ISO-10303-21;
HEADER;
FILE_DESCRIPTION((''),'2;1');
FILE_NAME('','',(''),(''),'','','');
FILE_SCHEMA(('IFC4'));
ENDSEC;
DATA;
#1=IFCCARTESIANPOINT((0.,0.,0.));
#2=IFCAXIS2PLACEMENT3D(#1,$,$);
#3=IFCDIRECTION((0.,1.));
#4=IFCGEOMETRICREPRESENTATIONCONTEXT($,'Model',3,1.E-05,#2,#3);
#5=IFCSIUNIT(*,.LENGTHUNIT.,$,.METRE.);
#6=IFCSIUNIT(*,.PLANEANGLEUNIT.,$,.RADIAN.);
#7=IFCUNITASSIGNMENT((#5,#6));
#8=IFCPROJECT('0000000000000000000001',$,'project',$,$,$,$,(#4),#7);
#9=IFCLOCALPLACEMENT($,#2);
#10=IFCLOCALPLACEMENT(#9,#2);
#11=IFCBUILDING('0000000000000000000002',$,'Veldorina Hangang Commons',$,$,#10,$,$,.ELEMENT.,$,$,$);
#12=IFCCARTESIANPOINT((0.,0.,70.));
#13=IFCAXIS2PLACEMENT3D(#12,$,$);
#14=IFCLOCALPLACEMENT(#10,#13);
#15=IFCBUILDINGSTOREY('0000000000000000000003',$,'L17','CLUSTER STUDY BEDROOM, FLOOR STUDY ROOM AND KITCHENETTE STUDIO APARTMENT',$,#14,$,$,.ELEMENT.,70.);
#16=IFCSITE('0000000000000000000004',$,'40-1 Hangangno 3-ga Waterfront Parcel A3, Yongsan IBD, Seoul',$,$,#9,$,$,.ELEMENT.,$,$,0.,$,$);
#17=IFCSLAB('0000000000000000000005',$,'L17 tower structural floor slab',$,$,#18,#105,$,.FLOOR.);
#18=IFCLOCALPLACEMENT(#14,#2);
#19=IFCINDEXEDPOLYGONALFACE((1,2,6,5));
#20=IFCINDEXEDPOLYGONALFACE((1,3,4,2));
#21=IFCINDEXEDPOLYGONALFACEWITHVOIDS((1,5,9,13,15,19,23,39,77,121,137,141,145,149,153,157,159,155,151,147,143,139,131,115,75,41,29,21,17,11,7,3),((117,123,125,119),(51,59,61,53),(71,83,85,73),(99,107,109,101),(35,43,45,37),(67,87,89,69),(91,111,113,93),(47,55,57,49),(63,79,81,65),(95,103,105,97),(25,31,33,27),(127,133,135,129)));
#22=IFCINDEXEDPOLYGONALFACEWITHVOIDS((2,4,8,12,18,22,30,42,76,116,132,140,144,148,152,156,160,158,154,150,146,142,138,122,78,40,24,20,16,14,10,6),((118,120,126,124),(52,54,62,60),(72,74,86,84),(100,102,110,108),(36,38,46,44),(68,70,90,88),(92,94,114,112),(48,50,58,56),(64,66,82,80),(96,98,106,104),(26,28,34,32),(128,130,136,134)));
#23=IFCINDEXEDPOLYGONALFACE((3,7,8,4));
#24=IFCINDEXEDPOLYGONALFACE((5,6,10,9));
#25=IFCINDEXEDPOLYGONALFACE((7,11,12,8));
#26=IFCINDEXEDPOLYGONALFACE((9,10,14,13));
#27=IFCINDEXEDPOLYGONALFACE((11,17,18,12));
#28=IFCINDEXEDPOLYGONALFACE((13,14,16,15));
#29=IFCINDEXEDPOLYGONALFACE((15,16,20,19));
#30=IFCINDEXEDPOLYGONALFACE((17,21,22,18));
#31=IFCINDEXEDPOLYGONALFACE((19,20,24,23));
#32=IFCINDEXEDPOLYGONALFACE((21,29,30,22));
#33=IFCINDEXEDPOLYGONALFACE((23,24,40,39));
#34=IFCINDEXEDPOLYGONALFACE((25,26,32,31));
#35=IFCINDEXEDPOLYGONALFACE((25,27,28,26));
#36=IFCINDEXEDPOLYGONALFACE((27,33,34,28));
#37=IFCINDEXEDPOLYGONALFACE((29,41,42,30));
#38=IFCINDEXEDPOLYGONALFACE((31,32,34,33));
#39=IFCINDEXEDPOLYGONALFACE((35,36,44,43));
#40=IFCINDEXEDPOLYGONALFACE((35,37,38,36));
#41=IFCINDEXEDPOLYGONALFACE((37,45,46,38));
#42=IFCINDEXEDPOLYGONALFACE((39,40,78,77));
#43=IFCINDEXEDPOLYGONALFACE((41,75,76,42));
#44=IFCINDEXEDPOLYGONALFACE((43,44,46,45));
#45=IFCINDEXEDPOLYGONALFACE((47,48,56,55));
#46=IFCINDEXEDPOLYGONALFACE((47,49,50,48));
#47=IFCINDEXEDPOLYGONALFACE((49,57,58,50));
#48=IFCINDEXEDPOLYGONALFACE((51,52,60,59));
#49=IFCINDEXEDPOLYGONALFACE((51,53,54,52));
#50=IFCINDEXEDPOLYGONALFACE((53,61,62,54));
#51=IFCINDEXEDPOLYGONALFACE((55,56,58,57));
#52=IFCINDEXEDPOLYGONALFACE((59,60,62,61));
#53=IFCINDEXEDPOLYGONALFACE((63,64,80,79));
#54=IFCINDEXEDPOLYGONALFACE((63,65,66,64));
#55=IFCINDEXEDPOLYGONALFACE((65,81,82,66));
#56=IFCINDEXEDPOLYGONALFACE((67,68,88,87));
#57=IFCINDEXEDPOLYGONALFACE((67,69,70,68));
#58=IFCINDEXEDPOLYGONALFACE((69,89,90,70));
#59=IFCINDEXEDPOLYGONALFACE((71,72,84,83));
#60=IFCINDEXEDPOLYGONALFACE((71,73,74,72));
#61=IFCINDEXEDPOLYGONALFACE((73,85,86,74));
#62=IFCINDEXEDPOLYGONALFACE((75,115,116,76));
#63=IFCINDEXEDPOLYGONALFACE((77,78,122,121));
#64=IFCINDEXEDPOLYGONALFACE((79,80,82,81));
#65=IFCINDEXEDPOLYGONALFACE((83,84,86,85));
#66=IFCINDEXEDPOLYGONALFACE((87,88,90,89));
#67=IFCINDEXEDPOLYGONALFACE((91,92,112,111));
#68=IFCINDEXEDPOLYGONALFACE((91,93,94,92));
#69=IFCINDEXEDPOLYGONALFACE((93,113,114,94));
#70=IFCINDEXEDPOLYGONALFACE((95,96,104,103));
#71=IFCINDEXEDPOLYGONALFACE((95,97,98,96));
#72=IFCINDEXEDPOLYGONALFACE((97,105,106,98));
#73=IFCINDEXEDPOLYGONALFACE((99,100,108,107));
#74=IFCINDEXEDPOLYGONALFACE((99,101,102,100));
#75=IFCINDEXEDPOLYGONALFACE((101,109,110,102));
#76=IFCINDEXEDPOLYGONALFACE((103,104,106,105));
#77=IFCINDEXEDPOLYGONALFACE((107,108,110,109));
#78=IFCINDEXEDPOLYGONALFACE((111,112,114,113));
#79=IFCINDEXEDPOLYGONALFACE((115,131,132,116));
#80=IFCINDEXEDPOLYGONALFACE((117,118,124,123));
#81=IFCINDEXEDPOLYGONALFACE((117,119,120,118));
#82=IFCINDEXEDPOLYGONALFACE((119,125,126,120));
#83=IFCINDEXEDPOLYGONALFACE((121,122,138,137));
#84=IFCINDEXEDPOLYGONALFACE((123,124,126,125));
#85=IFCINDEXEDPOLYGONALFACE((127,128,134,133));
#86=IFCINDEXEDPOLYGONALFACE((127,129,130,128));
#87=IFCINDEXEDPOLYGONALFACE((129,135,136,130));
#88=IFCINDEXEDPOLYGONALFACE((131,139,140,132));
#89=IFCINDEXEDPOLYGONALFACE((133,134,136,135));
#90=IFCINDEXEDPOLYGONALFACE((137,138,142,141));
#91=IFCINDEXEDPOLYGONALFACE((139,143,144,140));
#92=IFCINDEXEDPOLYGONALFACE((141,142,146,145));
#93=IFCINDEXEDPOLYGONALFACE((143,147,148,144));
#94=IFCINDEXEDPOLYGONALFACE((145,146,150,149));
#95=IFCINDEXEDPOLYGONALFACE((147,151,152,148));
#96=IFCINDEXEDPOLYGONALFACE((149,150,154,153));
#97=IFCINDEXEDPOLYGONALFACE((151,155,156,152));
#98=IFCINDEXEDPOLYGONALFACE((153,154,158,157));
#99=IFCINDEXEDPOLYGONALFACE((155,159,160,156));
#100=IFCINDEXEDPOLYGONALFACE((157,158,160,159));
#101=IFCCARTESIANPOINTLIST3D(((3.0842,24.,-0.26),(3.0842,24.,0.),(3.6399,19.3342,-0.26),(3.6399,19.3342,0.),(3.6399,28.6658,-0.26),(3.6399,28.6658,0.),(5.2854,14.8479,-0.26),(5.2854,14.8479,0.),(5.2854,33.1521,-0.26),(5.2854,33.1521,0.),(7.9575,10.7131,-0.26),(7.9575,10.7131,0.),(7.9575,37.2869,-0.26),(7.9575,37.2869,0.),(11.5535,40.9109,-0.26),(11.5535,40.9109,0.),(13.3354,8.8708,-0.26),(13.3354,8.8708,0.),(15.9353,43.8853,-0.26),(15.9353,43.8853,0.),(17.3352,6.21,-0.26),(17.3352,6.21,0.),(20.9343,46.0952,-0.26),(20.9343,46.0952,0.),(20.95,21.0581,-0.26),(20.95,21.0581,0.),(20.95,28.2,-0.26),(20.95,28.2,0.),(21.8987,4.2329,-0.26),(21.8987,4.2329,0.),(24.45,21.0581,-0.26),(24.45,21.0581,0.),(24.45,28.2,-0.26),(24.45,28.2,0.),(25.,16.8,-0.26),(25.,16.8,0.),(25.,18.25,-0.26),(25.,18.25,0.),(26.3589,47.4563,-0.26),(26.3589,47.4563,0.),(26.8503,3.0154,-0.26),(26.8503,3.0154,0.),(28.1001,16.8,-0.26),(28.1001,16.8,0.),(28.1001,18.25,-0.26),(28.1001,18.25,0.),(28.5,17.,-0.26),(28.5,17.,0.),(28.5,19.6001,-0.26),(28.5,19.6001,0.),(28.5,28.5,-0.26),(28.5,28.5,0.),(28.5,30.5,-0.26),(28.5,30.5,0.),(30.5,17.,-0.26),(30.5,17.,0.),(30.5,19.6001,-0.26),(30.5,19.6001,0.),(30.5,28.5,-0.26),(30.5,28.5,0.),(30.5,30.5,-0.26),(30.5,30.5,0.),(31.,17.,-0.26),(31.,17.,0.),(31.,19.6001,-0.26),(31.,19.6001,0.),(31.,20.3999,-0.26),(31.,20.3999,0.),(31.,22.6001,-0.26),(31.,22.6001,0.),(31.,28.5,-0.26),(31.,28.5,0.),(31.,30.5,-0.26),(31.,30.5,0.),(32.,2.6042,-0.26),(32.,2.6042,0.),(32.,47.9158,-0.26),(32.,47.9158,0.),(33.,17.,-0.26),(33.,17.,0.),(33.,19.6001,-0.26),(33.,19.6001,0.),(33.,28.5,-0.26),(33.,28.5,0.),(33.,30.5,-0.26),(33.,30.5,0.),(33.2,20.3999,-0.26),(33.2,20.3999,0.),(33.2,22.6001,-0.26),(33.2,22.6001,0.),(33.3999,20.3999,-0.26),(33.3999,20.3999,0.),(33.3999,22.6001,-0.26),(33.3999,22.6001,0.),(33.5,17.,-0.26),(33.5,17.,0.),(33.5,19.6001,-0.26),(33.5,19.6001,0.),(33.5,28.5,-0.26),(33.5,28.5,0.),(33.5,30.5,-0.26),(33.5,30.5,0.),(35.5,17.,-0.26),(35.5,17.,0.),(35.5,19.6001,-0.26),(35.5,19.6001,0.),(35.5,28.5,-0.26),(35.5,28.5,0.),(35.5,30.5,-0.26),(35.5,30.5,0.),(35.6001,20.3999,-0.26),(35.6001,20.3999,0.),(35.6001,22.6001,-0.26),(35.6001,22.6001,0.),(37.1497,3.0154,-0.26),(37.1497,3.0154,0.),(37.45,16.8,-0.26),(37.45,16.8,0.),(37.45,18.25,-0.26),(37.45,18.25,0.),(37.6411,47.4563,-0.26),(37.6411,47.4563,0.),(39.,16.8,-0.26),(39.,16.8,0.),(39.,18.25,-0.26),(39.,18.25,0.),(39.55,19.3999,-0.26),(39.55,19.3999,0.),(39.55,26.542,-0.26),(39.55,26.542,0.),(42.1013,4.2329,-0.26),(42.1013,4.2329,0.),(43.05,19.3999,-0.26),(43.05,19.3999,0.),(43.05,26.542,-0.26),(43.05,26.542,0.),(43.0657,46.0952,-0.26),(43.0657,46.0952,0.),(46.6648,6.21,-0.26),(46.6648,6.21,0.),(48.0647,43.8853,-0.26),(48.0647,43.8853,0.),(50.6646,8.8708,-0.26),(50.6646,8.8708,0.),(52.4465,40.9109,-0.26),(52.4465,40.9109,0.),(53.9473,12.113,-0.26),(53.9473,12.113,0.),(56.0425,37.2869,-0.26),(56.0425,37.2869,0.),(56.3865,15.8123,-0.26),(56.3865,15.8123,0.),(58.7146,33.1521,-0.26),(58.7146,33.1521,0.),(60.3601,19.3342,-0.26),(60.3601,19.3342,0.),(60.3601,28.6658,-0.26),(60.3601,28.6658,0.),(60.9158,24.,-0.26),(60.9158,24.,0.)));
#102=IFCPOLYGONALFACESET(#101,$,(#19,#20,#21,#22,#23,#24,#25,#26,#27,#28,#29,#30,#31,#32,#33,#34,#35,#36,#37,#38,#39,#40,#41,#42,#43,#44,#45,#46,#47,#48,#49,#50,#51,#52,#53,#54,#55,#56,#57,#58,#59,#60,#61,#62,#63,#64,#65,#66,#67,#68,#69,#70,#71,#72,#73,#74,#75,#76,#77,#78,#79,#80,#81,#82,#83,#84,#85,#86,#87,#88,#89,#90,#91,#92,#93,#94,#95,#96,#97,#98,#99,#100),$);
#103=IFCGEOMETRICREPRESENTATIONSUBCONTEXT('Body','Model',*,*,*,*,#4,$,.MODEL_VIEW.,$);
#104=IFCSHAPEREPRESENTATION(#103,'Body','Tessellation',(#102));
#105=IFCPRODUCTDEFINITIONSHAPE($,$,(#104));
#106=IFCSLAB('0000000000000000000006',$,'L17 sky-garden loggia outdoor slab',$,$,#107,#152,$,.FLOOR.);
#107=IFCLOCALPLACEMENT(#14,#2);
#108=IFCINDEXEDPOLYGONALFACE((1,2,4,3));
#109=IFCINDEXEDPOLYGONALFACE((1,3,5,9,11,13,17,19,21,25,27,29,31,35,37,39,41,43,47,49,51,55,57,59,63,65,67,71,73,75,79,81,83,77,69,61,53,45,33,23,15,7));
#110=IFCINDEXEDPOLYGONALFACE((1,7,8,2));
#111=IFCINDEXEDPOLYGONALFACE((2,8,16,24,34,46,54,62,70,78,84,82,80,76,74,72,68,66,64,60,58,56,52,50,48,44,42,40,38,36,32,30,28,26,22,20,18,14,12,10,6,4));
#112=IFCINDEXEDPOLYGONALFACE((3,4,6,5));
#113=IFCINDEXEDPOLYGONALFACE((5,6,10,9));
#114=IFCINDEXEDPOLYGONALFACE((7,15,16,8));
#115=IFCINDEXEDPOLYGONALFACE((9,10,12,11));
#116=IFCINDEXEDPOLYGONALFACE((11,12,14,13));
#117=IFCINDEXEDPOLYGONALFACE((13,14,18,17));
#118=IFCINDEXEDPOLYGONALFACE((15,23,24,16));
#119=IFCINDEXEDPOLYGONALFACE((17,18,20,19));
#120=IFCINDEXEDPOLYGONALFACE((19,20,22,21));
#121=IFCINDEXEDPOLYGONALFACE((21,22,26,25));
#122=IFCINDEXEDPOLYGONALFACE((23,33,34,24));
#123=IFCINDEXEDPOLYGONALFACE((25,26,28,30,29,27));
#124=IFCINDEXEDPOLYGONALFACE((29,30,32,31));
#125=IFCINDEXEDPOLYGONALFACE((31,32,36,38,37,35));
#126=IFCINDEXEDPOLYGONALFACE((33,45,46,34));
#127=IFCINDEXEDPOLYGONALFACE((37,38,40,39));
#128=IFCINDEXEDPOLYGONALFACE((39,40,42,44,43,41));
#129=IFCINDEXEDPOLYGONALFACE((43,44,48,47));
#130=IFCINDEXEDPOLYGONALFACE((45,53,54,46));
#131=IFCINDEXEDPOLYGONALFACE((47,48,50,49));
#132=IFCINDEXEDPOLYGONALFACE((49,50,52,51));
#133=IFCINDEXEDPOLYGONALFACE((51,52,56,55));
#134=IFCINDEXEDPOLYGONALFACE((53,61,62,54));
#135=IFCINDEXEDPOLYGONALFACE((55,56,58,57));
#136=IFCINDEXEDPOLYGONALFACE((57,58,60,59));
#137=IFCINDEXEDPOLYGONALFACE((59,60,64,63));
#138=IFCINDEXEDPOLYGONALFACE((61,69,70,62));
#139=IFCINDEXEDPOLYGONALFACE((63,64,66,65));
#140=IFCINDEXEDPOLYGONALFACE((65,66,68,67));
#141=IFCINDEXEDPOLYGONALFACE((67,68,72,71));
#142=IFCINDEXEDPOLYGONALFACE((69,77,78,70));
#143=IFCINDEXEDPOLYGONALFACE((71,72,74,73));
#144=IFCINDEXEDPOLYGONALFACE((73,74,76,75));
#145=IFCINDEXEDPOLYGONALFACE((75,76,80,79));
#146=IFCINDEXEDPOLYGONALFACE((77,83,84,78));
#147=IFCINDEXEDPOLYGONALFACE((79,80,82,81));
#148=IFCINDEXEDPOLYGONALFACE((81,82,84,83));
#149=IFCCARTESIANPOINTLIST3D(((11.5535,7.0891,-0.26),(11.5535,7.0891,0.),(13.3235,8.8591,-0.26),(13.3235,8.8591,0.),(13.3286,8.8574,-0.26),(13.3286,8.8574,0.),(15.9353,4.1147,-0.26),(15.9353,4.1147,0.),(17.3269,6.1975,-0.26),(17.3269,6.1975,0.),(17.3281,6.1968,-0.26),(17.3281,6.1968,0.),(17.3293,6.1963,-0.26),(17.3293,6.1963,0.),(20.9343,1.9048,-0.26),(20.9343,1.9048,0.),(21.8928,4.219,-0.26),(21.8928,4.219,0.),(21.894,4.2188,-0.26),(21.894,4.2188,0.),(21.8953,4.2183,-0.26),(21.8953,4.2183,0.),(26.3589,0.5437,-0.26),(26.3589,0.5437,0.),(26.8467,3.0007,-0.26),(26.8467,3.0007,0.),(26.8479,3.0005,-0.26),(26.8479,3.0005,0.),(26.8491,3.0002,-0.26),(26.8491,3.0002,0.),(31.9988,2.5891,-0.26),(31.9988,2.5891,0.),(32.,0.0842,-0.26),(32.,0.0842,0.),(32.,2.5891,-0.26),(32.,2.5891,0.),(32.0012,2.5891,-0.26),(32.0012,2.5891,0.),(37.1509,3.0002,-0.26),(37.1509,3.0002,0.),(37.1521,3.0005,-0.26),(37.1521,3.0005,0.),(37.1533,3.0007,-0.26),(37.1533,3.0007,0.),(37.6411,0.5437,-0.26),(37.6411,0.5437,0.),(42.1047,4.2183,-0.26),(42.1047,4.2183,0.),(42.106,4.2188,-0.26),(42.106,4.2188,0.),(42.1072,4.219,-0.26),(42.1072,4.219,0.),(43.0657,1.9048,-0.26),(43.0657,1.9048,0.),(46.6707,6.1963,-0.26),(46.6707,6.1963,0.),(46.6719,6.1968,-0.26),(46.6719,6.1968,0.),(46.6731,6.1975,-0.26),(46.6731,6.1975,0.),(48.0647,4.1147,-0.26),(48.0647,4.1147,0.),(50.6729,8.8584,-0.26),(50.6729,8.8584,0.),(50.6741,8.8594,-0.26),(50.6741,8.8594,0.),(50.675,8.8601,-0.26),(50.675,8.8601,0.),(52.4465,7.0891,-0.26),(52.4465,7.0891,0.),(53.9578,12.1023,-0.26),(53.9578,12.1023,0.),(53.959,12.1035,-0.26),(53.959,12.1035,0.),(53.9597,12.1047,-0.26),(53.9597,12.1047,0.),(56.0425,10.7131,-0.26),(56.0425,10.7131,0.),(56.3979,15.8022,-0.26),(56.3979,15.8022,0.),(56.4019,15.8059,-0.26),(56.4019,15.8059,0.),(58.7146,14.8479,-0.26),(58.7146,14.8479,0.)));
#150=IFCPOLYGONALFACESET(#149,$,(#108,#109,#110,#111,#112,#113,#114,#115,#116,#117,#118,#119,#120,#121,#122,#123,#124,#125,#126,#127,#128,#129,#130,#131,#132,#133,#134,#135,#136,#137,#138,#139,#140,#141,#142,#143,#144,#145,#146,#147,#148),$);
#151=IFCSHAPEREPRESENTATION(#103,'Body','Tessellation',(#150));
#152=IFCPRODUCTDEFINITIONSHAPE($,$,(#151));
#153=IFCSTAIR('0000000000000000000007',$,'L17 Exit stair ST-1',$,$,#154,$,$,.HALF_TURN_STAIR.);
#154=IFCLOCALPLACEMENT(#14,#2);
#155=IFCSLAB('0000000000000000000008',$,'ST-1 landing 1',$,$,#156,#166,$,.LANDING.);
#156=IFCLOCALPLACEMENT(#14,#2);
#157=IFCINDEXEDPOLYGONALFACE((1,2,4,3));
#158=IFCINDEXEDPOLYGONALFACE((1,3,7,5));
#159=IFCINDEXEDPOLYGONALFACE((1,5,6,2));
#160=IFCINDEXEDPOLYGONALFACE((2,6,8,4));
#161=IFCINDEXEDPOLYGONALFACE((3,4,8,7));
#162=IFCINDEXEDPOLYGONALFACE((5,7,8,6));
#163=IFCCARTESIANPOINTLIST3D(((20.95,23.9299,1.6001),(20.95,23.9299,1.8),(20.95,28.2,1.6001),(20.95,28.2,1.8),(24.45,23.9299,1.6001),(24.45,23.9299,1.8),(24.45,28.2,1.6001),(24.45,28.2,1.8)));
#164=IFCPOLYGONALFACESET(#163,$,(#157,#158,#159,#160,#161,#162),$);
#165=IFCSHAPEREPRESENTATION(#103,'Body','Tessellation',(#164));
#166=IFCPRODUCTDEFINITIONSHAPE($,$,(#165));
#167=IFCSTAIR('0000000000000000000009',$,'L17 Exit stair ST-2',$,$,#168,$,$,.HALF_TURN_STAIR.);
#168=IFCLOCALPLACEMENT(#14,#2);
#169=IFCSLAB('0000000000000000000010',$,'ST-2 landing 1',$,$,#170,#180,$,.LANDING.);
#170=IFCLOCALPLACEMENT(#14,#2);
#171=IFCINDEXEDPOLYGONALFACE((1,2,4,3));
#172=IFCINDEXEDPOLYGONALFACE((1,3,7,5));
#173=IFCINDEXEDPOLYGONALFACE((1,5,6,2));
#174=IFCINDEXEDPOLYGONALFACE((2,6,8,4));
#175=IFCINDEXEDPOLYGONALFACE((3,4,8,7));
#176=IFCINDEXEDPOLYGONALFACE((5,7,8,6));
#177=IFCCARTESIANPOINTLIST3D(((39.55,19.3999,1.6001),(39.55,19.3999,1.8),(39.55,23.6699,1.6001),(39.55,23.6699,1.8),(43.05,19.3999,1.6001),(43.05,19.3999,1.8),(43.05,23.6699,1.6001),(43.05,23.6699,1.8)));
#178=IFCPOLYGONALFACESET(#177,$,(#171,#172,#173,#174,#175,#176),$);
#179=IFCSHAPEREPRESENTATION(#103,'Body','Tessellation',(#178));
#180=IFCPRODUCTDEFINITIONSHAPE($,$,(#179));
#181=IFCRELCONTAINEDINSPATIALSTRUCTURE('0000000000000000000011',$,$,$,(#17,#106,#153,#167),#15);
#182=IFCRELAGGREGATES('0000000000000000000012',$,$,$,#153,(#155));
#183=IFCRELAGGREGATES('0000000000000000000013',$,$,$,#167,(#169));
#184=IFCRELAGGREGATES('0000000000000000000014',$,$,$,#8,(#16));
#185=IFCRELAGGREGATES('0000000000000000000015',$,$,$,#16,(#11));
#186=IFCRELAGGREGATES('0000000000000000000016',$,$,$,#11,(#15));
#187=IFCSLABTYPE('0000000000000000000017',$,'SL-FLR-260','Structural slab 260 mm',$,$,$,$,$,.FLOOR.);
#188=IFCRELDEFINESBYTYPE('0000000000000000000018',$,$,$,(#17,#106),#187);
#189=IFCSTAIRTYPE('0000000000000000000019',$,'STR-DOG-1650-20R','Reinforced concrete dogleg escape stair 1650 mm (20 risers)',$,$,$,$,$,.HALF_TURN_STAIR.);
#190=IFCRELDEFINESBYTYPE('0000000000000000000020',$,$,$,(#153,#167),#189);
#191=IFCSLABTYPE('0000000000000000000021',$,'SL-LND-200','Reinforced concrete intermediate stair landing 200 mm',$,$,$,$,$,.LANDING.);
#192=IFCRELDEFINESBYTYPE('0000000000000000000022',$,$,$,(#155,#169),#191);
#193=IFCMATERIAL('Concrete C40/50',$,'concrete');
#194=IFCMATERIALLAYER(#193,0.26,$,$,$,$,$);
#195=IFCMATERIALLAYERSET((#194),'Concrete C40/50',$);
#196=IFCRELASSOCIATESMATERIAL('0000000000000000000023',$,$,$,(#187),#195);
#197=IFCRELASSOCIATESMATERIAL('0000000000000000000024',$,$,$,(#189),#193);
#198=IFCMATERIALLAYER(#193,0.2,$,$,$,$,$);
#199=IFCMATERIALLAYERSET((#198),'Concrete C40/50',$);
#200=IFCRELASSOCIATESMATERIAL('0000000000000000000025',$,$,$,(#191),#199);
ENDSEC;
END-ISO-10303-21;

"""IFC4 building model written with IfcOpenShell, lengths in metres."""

from ifc_helpers import new_model, si_unit, direction, frame, origin, place, context, subcontext, project, spatial, polyline, outline, extrude, material, layer, layer_set, type_object, element, aggregate, save


model = new_model("IFC4")

# Units and contexts
model_context = context("Model", 3, precision=1e-05, world=origin(), true_north=direction((0.0, 1.0)))
body_context = subcontext(model_context, "Body", "Model", "MODEL_VIEW")
ifc_project = project(units=[si_unit("LENGTHUNIT", "METRE"), si_unit("PLANEANGLEUNIT", "RADIAN")], contexts=[model_context])

# Site, building, storey
site_placement = place(None, origin())
site = spatial("IfcSite", under=ifc_project, at=site_placement, Name="40-1 Hangangno 3-ga Waterfront Parcel A3, Yongsan IBD, Seoul", CompositionType="ELEMENT", RefElevation=0.0)
building_placement = place(site_placement, origin())
building = spatial("IfcBuilding", under=site, at=building_placement, Name="Veldorina Hangang Commons", CompositionType="ELEMENT")
storey_placement = place(building_placement, frame((0.0, 0.0, 70.0)))
storey = spatial("IfcBuildingStorey", under=building, at=storey_placement, Name="L17", Description="CLUSTER STUDY BEDROOM, FLOOR STUDY ROOM AND KITCHENETTE STUDIO APARTMENT", CompositionType="ELEMENT", Elevation=70.0)

# Slabs
ifc_material_1 = material(Name="Concrete C40/50", Category="concrete")
ifc_layer_1 = layer(ifc_material_1, 0.26)
ifc_layer_set_1 = layer_set([ifc_layer_1], Name="Concrete C40/50")
slab_type_1 = type_object("IfcSlabType", Name="SL-FLR-260", Description="Structural slab 260 mm", PredefinedType="FLOOR", material=ifc_layer_set_1)
slab_1_placement = place(storey_placement, frame((0.0, 0.0, -0.26)))
element("IfcSlab", 1, at=slab_1_placement, inside=storey, type_object=slab_type_1, Name="L17 tower structural floor slab", PredefinedType="FLOOR", context=body_context, shape_type="SweptSolid", body=[
    extrude(outline(polyline([(60.9158, 24.0), (60.3601, 28.6658), (58.7146, 33.1521), (56.0425, 37.2869), (52.4465, 40.9109), (48.0647, 43.8853), (43.0657, 46.0952), (37.6411, 47.4563), (32.0, 47.9158), (26.3589, 47.4563), (20.9343, 46.0952), (15.9353, 43.8853), (11.5535, 40.9109), (7.9575, 37.2869), (5.2854, 33.1521), (3.6399, 28.6658), (3.0842, 24.0), (3.6399, 19.3342), (5.2854, 14.8479), (7.9575, 10.7131), (13.3354, 8.8708), (17.3352, 6.21), (21.8987, 4.2329), (26.8503, 3.0154), (32.0, 2.6042), (37.1497, 3.0154), (42.1013, 4.2329), (46.6648, 6.21), (50.6646, 8.8708), (53.9473, 12.113), (56.3865, 15.8123), (60.3601, 19.3342), (60.9158, 24.0)]), holes=[polyline([(20.95, 21.0581), (20.95, 28.2), (24.45, 28.2), (24.45, 21.0581), (20.95, 21.0581)]), polyline([(43.05, 26.542), (43.05, 19.3999), (39.55, 19.3999), (39.55, 26.542), (43.05, 26.542)]), polyline([(28.5, 30.5), (30.5, 30.5), (30.5, 28.5), (28.5, 28.5), (28.5, 30.5)]), polyline([(31.0, 30.5), (33.0, 30.5), (33.0, 28.5), (31.0, 28.5), (31.0, 30.5)]), polyline([(33.5, 30.5), (35.5, 30.5), (35.5, 28.5), (33.5, 28.5), (33.5, 30.5)]), polyline([(31.0, 22.6001), (33.2, 22.6001), (33.2, 20.3999), (31.0, 20.3999), (31.0, 22.6001)]), polyline([(33.3999, 22.6001), (35.6001, 22.6001), (35.6001, 20.3999), (33.3999, 20.3999), (33.3999, 22.6001)]), polyline([(28.5, 19.6001), (30.5, 19.6001), (30.5, 17.0), (28.5, 17.0), (28.5, 19.6001)]), polyline([(31.0, 19.6001), (33.0, 19.6001), (33.0, 17.0), (31.0, 17.0), (31.0, 19.6001)]), polyline([(33.5, 19.6001), (35.5, 19.6001), (35.5, 17.0), (33.5, 17.0), (33.5, 19.6001)]), polyline([(25.0, 18.25), (28.1001, 18.25), (28.1001, 16.8), (25.0, 16.8), (25.0, 18.25)]), polyline([(37.45, 18.25), (39.0, 18.25), (39.0, 16.8), (37.45, 16.8), (37.45, 18.25)])]), origin(), (0.0, 0.0, 1.0), 0.26),
])
slab_2_placement = place(storey_placement, frame((0.0, 0.0, -0.26)))
element("IfcSlab", 2, at=slab_2_placement, inside=storey, type_object=slab_type_1, Name="L17 sky-garden loggia outdoor slab", PredefinedType="FLOOR", context=body_context, shape_type="SweptSolid", body=[
    extrude(outline(polyline([(58.7146, 14.8479), (56.0425, 10.7131), (52.4465, 7.0891), (48.0647, 4.1147), (43.0657, 1.9048), (37.6411, 0.5437), (32.0, 0.0842), (26.3589, 0.5437), (20.9343, 1.9048), (15.9353, 4.1147), (11.5535, 7.0891), (13.3235, 8.8591), (13.3286, 8.8574), (17.3269, 6.1975), (17.3281, 6.1968), (17.3293, 6.1963), (21.8928, 4.219), (21.894, 4.2188), (21.8953, 4.2183), (26.8467, 3.0007), (26.8479, 3.0005), (26.8491, 3.0002), (31.9988, 2.5891), (32.0, 2.5891), (32.0012, 2.5891), (37.1509, 3.0002), (37.1521, 3.0005), (37.1533, 3.0007), (42.1047, 4.2183), (42.106, 4.2188), (42.1072, 4.219), (46.6707, 6.1963), (46.6719, 6.1968), (46.6731, 6.1975), (50.6729, 8.8584), (50.6741, 8.8594), (50.675, 8.8601), (53.9578, 12.1023), (53.959, 12.1035), (53.9597, 12.1047), (56.3979, 15.8022), (56.4019, 15.8059), (58.7146, 14.8479)])), origin(), (0.0, 0.0, 1.0), 0.26),
])

# Stairs, slabs
stair_type = type_object("IfcStairType", Name="STR-DOG-1650-20R", Description="Reinforced concrete dogleg escape stair 1650 mm (20 risers)", PredefinedType="HALF_TURN_STAIR", material=ifc_material_1)
stair_1_placement = place(storey_placement, origin())
stair_1 = element("IfcStair", 3, at=stair_1_placement, inside=storey, type_object=stair_type, Name="L17 Exit stair ST-1", PredefinedType="HALF_TURN_STAIR")
ifc_layer_2 = layer(ifc_material_1, 0.2)
ifc_layer_set_2 = layer_set([ifc_layer_2], Name="Concrete C40/50")
slab_type_2 = type_object("IfcSlabType", Name="SL-LND-200", Description="Reinforced concrete intermediate stair landing 200 mm", PredefinedType="LANDING", material=ifc_layer_set_2)
slab_3_placement = place(storey_placement, frame((0.0, 0.0, 1.6001)))
slab_3 = element("IfcSlab", 4, at=slab_3_placement, type_object=slab_type_2, Name="ST-1 landing 1", PredefinedType="LANDING", context=body_context, shape_type="SweptSolid", body=[
    extrude(outline(polyline([(24.45, 23.9299), (24.45, 28.2), (20.95, 28.2), (20.95, 23.9299), (24.45, 23.9299)])), origin(), (0.0, 0.0, 1.0), 0.2),
])
aggregate(stair_1, [slab_3])
stair_2_placement = place(storey_placement, origin())
stair_2 = element("IfcStair", 5, at=stair_2_placement, inside=storey, type_object=stair_type, Name="L17 Exit stair ST-2", PredefinedType="HALF_TURN_STAIR")
slab_4_placement = place(storey_placement, frame((0.0, 0.0, 1.6001)))
slab_4 = element("IfcSlab", 6, at=slab_4_placement, type_object=slab_type_2, Name="ST-2 landing 1", PredefinedType="LANDING", context=body_context, shape_type="SweptSolid", body=[
    extrude(outline(polyline([(39.55, 23.6699), (39.55, 19.3999), (43.05, 19.3999), (43.05, 23.6699), (39.55, 23.6699)])), origin(), (0.0, 0.0, 1.0), 0.2),
])
aggregate(stair_2, [slab_4])

save(model, "model.ifc")
